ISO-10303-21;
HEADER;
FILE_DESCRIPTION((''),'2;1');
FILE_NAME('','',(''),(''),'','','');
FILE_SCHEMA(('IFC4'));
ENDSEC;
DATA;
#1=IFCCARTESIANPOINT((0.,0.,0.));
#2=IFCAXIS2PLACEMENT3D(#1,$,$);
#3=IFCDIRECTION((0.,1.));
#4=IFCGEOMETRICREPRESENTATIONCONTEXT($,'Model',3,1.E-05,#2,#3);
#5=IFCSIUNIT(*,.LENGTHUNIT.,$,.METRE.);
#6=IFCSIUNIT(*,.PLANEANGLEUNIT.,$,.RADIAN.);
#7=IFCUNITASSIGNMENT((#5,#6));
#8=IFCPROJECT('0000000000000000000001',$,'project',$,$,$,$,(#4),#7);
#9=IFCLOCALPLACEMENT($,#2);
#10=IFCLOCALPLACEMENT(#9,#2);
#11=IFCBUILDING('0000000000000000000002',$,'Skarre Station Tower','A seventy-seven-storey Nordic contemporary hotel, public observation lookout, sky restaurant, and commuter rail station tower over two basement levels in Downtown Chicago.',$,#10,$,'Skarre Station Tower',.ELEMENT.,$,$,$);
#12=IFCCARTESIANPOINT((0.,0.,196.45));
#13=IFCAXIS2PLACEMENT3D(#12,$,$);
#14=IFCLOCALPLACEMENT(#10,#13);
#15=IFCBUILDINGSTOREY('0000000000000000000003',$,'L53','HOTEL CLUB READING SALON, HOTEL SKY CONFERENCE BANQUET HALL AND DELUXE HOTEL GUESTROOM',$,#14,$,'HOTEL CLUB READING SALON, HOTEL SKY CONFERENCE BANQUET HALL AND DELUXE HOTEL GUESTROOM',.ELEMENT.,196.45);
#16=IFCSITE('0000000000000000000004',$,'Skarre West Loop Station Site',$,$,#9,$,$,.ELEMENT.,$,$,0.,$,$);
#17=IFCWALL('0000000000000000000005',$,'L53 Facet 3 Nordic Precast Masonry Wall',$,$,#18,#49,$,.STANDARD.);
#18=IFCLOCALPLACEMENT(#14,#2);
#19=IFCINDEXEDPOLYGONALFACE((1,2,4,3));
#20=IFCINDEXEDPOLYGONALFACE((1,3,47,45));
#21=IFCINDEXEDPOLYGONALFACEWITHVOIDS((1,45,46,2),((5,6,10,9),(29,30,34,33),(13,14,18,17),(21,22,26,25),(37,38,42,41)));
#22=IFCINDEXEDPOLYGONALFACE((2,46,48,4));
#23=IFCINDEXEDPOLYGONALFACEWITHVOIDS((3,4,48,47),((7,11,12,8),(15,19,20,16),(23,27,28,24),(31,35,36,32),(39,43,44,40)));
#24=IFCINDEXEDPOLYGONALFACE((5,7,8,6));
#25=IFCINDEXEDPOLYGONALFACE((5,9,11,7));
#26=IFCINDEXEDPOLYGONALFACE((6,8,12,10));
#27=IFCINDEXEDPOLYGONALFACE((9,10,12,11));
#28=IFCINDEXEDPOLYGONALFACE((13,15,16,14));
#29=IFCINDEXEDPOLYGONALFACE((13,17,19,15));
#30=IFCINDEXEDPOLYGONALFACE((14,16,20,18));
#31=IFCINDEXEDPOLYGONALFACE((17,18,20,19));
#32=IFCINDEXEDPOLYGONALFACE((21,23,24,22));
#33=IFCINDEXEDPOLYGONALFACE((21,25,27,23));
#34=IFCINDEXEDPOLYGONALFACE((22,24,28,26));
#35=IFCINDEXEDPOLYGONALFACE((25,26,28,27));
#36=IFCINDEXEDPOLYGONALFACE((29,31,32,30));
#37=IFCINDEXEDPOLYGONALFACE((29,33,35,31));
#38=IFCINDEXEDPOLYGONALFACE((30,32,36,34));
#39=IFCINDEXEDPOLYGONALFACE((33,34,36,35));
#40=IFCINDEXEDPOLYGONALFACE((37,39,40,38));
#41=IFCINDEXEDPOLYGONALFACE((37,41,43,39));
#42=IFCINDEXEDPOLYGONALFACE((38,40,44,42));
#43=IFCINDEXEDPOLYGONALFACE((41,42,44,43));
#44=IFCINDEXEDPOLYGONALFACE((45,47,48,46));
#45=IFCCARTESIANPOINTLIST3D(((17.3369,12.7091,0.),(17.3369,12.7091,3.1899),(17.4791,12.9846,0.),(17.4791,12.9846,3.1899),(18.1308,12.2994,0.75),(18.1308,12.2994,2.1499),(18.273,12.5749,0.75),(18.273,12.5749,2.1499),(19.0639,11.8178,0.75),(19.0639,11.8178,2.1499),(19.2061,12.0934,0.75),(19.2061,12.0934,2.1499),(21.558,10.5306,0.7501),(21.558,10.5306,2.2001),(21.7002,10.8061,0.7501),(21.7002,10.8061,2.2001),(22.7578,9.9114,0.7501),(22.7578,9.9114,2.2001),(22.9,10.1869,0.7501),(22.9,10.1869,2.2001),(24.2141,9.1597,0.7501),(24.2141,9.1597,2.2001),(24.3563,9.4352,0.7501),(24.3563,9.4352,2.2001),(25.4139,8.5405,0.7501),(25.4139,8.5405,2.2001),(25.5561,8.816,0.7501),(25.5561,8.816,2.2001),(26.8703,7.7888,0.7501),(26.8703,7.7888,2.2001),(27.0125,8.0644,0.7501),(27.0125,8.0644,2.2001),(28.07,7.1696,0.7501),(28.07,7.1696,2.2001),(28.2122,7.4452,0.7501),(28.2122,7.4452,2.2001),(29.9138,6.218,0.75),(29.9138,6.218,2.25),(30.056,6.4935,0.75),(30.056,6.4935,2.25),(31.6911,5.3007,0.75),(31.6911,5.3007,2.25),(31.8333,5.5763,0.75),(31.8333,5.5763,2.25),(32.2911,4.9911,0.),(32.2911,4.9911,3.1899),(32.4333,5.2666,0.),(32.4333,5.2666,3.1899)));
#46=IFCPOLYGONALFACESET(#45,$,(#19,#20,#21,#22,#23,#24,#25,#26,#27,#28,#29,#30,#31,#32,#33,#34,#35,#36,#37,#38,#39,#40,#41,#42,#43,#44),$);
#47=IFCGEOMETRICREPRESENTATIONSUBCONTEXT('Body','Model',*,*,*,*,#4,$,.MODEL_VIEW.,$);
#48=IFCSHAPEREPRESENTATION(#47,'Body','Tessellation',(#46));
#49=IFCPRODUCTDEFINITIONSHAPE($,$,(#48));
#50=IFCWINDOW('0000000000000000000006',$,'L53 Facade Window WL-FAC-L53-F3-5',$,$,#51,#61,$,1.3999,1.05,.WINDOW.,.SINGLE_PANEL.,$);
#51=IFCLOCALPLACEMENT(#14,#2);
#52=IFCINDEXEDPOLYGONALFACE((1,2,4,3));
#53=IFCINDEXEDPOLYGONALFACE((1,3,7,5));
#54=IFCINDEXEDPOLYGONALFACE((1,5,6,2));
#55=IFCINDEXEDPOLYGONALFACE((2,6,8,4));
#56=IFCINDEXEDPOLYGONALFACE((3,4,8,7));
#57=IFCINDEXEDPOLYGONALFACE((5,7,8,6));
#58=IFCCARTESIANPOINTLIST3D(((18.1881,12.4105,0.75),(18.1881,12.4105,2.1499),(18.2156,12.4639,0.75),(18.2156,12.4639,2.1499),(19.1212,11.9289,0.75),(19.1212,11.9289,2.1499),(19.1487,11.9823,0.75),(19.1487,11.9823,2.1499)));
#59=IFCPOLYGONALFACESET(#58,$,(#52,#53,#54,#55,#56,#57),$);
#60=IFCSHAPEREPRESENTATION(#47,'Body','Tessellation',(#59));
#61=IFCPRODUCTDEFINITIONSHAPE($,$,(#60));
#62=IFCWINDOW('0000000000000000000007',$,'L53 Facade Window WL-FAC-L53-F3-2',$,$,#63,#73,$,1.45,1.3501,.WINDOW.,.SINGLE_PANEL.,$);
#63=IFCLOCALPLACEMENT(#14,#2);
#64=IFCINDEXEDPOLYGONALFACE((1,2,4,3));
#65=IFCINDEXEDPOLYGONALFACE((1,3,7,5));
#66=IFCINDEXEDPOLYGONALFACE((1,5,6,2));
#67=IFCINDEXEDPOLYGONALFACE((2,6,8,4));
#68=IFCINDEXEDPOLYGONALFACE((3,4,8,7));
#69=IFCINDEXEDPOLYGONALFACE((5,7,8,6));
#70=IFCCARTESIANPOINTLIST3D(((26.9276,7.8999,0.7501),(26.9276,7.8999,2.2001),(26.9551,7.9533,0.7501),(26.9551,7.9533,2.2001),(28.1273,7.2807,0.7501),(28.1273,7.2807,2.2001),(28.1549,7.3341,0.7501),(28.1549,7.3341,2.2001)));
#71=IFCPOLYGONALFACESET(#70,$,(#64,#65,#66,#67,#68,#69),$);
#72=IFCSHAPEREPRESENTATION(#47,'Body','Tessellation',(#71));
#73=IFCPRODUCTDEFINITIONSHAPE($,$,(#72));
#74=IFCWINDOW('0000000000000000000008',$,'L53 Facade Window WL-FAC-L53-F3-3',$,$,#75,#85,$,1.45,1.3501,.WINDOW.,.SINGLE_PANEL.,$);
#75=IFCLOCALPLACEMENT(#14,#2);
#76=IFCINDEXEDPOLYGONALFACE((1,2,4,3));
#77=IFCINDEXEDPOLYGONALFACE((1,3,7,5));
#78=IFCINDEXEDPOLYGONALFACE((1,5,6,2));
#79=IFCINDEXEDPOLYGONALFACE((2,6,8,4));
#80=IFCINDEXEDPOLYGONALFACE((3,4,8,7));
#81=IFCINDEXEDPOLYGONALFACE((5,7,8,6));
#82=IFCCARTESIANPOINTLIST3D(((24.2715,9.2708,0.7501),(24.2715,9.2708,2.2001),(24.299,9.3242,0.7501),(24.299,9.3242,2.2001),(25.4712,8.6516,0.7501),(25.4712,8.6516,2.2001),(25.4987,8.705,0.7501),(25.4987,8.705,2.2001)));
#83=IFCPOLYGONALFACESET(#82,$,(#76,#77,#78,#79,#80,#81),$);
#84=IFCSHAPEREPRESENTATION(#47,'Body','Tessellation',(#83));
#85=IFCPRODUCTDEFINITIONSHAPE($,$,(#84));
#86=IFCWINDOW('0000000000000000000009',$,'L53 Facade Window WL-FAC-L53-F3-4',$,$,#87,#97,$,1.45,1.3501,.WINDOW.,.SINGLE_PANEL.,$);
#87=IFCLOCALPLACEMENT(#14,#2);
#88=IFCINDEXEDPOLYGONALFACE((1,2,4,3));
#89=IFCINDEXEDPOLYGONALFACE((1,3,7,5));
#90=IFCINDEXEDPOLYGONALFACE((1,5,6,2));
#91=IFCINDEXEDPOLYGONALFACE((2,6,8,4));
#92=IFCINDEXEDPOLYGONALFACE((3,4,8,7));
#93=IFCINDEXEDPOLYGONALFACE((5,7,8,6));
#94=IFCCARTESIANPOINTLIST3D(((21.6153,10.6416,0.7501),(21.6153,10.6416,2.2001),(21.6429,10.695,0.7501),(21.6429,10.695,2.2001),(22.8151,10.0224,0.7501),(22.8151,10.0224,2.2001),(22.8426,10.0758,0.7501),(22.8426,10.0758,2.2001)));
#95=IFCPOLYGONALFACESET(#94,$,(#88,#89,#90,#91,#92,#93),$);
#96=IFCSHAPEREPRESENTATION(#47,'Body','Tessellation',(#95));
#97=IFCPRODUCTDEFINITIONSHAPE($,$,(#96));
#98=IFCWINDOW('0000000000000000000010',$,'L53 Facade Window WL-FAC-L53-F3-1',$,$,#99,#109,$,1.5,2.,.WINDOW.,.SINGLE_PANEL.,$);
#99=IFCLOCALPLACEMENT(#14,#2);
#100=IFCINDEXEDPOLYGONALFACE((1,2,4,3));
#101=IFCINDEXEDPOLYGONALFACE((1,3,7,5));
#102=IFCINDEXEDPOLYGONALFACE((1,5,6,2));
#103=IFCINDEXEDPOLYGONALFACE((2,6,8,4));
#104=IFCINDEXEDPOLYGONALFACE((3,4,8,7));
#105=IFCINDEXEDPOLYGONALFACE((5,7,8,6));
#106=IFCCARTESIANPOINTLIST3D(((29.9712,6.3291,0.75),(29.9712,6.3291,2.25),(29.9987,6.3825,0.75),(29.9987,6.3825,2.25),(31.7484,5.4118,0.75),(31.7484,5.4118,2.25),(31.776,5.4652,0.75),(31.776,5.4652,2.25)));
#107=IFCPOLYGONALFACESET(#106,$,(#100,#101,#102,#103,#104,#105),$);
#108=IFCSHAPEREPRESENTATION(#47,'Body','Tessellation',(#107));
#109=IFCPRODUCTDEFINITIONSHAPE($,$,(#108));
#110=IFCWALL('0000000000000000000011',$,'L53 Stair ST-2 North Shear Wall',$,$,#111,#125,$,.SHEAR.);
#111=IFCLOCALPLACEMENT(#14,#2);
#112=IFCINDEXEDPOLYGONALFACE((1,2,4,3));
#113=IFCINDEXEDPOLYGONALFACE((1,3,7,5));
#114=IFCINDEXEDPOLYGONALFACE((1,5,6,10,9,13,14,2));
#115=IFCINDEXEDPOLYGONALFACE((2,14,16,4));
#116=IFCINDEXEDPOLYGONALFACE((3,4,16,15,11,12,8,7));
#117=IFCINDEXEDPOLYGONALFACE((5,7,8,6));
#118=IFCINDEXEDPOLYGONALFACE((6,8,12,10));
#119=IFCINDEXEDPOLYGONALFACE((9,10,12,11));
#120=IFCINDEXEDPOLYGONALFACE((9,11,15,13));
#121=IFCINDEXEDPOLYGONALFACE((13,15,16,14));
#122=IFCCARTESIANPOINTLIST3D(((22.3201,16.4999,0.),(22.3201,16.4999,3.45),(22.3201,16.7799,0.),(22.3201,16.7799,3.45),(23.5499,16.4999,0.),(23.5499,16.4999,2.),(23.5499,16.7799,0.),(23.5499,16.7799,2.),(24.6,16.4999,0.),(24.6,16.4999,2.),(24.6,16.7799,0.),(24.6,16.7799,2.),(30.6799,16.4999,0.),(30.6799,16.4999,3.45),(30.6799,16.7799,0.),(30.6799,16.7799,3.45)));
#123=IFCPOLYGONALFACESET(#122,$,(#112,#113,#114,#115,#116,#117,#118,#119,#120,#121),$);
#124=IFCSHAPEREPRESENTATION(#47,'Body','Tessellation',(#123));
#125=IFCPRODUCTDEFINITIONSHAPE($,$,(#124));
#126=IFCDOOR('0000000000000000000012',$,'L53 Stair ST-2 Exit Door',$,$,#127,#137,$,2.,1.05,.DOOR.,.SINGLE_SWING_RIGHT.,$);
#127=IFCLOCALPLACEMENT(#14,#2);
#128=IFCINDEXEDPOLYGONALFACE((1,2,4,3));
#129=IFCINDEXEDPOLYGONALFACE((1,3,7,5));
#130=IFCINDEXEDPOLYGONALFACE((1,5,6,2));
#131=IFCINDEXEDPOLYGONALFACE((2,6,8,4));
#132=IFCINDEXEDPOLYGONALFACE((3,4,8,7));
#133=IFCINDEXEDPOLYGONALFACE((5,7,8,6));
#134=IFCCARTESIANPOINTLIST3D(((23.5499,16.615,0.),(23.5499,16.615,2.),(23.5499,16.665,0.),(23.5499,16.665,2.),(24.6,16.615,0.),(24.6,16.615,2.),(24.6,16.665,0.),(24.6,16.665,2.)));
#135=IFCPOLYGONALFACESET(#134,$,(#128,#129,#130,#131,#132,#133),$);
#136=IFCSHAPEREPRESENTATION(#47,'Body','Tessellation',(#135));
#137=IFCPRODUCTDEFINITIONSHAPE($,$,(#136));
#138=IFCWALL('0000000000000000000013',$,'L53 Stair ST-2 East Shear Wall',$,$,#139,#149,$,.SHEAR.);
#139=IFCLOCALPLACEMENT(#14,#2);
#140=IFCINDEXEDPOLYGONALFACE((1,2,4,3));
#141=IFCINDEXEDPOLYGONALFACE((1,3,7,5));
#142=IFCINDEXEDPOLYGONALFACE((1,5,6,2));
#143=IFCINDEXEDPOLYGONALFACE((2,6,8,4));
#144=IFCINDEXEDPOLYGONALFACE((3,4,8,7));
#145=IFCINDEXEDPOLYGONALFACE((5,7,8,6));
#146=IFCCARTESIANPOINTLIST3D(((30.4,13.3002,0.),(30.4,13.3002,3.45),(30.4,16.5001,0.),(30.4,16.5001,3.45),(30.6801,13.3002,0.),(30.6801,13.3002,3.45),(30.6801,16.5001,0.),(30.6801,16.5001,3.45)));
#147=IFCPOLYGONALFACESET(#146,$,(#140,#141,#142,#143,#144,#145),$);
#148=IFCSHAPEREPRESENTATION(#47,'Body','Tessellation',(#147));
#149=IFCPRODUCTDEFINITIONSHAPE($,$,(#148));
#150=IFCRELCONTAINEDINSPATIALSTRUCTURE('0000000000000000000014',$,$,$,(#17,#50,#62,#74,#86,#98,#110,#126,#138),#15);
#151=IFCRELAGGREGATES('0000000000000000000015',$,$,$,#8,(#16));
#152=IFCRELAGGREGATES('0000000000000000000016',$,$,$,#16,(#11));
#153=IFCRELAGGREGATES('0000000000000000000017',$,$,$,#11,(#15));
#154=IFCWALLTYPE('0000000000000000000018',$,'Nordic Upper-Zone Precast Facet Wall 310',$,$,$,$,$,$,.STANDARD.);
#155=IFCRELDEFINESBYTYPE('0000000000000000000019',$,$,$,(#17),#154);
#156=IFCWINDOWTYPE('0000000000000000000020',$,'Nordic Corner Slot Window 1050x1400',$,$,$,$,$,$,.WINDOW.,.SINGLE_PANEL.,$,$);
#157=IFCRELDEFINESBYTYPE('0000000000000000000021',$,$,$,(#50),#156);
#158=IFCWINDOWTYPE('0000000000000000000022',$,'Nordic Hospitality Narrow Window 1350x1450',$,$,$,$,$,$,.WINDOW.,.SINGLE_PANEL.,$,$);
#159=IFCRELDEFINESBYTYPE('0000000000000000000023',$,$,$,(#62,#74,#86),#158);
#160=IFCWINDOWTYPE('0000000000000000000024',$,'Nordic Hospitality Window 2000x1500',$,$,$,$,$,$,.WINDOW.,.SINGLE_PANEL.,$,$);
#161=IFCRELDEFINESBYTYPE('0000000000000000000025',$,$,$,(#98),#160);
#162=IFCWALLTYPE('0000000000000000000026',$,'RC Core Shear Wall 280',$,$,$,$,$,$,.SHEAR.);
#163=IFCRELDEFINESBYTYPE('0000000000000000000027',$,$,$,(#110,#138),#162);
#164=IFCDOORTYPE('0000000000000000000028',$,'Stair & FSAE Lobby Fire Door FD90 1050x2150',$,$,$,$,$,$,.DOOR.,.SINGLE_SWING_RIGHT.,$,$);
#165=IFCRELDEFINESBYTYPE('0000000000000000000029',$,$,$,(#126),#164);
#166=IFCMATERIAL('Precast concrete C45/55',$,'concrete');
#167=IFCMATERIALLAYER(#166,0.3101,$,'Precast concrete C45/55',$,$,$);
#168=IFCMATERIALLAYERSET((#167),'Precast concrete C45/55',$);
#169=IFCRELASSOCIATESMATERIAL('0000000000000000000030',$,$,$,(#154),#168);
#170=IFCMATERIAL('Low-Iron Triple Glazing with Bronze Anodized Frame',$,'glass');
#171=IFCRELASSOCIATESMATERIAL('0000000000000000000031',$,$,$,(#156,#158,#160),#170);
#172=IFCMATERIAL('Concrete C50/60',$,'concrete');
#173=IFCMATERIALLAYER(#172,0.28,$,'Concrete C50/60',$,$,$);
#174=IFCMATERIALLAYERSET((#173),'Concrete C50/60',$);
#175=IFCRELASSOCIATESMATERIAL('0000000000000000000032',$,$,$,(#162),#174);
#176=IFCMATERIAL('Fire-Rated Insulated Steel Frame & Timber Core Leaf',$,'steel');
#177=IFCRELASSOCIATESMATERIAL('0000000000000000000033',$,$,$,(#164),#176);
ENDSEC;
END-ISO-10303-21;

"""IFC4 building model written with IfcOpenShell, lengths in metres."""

from ifc_helpers import new_model, si_unit, direction, frame, frame_2d, origin, place, context, subcontext, project, spatial, rectangle, extrude, material, layer, layer_set, type_object, element, fill, save


model = new_model("IFC4")

# Units and contexts
model_context = context("Model", 3, precision=1e-05, world=origin(), true_north=direction((0.0, 1.0)))
body_context = subcontext(model_context, "Body", "Model", "MODEL_VIEW")
ifc_project = project(units=[si_unit("LENGTHUNIT", "METRE"), si_unit("PLANEANGLEUNIT", "RADIAN")], contexts=[model_context])

# Site, building, storey
site_placement = place(None, origin())
site = spatial("IfcSite", under=ifc_project, at=site_placement, Name="Skarre West Loop Station Site", CompositionType="ELEMENT", RefElevation=0.0)
building_placement = place(site_placement, origin())
building = spatial("IfcBuilding", under=site, at=building_placement, Name="Skarre Station Tower", Description="A seventy-seven-storey Nordic contemporary hotel, public observation lookout, sky restaurant, and commuter rail station tower over two basement levels in Downtown Chicago.", LongName="Skarre Station Tower", CompositionType="ELEMENT")
storey_placement = place(building_placement, frame((0.0, 0.0, 196.45)))
storey = spatial("IfcBuildingStorey", under=building, at=storey_placement, Name="L53", Description="HOTEL CLUB READING SALON, HOTEL SKY CONFERENCE BANQUET HALL AND DELUXE HOTEL GUESTROOM", LongName="HOTEL CLUB READING SALON, HOTEL SKY CONFERENCE BANQUET HALL AND DELUXE HOTEL GUESTROOM", CompositionType="ELEMENT", Elevation=196.45)

# Shared definitions
ifc_material_1 = material(Name="Precast concrete C45/55", Category="concrete")

# Wall, openings, windows
ifc_layer_1 = layer(ifc_material_1, 0.3101, Name="Precast concrete C45/55")
ifc_layer_set_1 = layer_set([ifc_layer_1], Name="Precast concrete C45/55")
wall_type_1 = type_object("IfcWallType", Name="Nordic Upper-Zone Precast Facet Wall 310", PredefinedType="STANDARD", material=ifc_layer_set_1)
wall_1_placement = place(storey_placement, frame((32.3621, 5.1289, 0.0), z_axis=(0.0, 0.0, 1.0), x_axis=(-0.888626, 0.458632, 0.0)))
wall_1 = element("IfcWall", 1, at=wall_1_placement, inside=storey, type_object=wall_type_1, Name="L53 Facet 3 Nordic Precast Masonry Wall", PredefinedType="STANDARD", context=body_context, shape_type="SweptSolid", body=[
    extrude(rectangle(XDim=16.8284, YDim=0.3101, at=frame_2d((8.4141, 0.0))), origin(), (0.0, 0.0, 1.0), 3.1899),
])
opening_1_placement = place(wall_1_placement, frame((0.675, 0.0, 0.75)))
opening_1 = element("IfcOpeningElement", 2, at=opening_1_placement, cuts=wall_1, PredefinedType="OPENING", context=body_context, shape_type="SweptSolid", body=[
    extrude(rectangle(XDim=2.0, YDim=1.5, at=frame_2d((1.0, 0.75))), frame((0.0, 0.165, 0.0), z_axis=(0.0, -1.0, 0.0), x_axis=(1.0, 0.0, 0.0)), (0.0, 0.0, 1.0), 0.3301),
])
opening_2_placement = place(wall_1_placement, frame((4.75, 0.0, 0.75)))
opening_2 = element("IfcOpeningElement", 3, at=opening_2_placement, cuts=wall_1, PredefinedType="OPENING", context=body_context, shape_type="SweptSolid", body=[
    extrude(rectangle(XDim=1.3501, YDim=1.45, at=frame_2d((0.675, 0.7251))), frame((0.0, 0.165, 0.0), z_axis=(0.0, -1.0, 0.0), x_axis=(1.0, 0.0, 0.0)), (0.0, 0.0, 1.0), 0.3301),
])
opening_3_placement = place(wall_1_placement, frame((7.739, 0.0, 0.75)))
opening_3 = element("IfcOpeningElement", 4, at=opening_3_placement, cuts=wall_1, PredefinedType="OPENING", context=body_context, shape_type="SweptSolid", body=[
    extrude(rectangle(XDim=1.3501, YDim=1.45, at=frame_2d((0.675, 0.7251))), frame((0.0, 0.165, 0.0), z_axis=(0.0, -1.0, 0.0), x_axis=(1.0, 0.0, 0.0)), (0.0, 0.0, 1.0), 0.3301),
])
opening_4_placement = place(wall_1_placement, frame((10.728, 0.0, 0.75)))
opening_4 = element("IfcOpeningElement", 5, at=opening_4_placement, cuts=wall_1, PredefinedType="OPENING", context=body_context, shape_type="SweptSolid", body=[
    extrude(rectangle(XDim=1.3501, YDim=1.45, at=frame_2d((0.675, 0.7251))), frame((0.0, 0.165, 0.0), z_axis=(0.0, -1.0, 0.0), x_axis=(1.0, 0.0, 0.0)), (0.0, 0.0, 1.0), 0.3301),
])
opening_5_placement = place(wall_1_placement, frame((14.885, 0.0, 0.75)))
opening_5 = element("IfcOpeningElement", 6, at=opening_5_placement, cuts=wall_1, PredefinedType="OPENING", context=body_context, shape_type="SweptSolid", body=[
    extrude(rectangle(XDim=1.05, YDim=1.3999, at=frame_2d((0.5249, 0.7))), frame((0.0, 0.165, 0.0), z_axis=(0.0, -1.0, 0.0), x_axis=(1.0, 0.0, 0.0)), (0.0, 0.0, 1.0), 0.3301),
])
ifc_material_2 = material(Name="Low-Iron Triple Glazing with Bronze Anodized Frame", Category="glass")
window_type_1 = type_object("IfcWindowType", Name="Nordic Corner Slot Window 1050x1400", PartitioningType="SINGLE_PANEL", PredefinedType="WINDOW", material=ifc_material_2)
window_1_placement = place(opening_5_placement, origin())
window_1 = element("IfcWindow", 7, at=window_1_placement, inside=storey, type_object=window_type_1, Name="L53 Facade Window WL-FAC-L53-F3-5", OverallHeight=1.3999, OverallWidth=1.05, PartitioningType="SINGLE_PANEL", PredefinedType="WINDOW", context=body_context, shape_type="SweptSolid", body=[
    extrude(rectangle(XDim=1.05, YDim=1.3999, at=frame_2d((0.5249, 0.7))), frame((0.0, 0.03, 0.0), z_axis=(0.0, -1.0, 0.0), x_axis=(1.0, 0.0, 0.0)), (0.0, 0.0, 1.0), 0.0601),
])
fill(opening_5, window_1)
window_type_2 = type_object("IfcWindowType", Name="Nordic Hospitality Narrow Window 1350x1450", PartitioningType="SINGLE_PANEL", PredefinedType="WINDOW", material=ifc_material_2)
window_2_placement = place(opening_2_placement, origin())
window_2 = element("IfcWindow", 8, at=window_2_placement, inside=storey, type_object=window_type_2, Name="L53 Facade Window WL-FAC-L53-F3-2", OverallHeight=1.45, OverallWidth=1.3501, PartitioningType="SINGLE_PANEL", PredefinedType="WINDOW", context=body_context, shape_type="SweptSolid", body=[
    extrude(rectangle(XDim=1.3501, YDim=1.45, at=frame_2d((0.675, 0.7251))), frame((0.0, 0.03, 0.0), z_axis=(0.0, -1.0, 0.0), x_axis=(1.0, 0.0, 0.0)), (0.0, 0.0, 1.0), 0.0601),
])
fill(opening_2, window_2)
window_3_placement = place(opening_3_placement, origin())
window_3 = element("IfcWindow", 9, at=window_3_placement, inside=storey, type_object=window_type_2, Name="L53 Facade Window WL-FAC-L53-F3-3", OverallHeight=1.45, OverallWidth=1.3501, PartitioningType="SINGLE_PANEL", PredefinedType="WINDOW", context=body_context, shape_type="SweptSolid", body=[
    extrude(rectangle(XDim=1.3501, YDim=1.45, at=frame_2d((0.675, 0.7251))), frame((0.0, 0.03, 0.0), z_axis=(0.0, -1.0, 0.0), x_axis=(1.0, 0.0, 0.0)), (0.0, 0.0, 1.0), 0.0601),
])
fill(opening_3, window_3)
window_4_placement = place(opening_4_placement, origin())
window_4 = element("IfcWindow", 10, at=window_4_placement, inside=storey, type_object=window_type_2, Name="L53 Facade Window WL-FAC-L53-F3-4", OverallHeight=1.45, OverallWidth=1.3501, PartitioningType="SINGLE_PANEL", PredefinedType="WINDOW", context=body_context, shape_type="SweptSolid", body=[
    extrude(rectangle(XDim=1.3501, YDim=1.45, at=frame_2d((0.675, 0.7251))), frame((0.0, 0.03, 0.0), z_axis=(0.0, -1.0, 0.0), x_axis=(1.0, 0.0, 0.0)), (0.0, 0.0, 1.0), 0.0601),
])
fill(opening_4, window_4)
window_type_3 = type_object("IfcWindowType", Name="Nordic Hospitality Window 2000x1500", PartitioningType="SINGLE_PANEL", PredefinedType="WINDOW", material=ifc_material_2)
window_5_placement = place(opening_1_placement, origin())
window_5 = element("IfcWindow", 11, at=window_5_placement, inside=storey, type_object=window_type_3, Name="L53 Facade Window WL-FAC-L53-F3-1", OverallHeight=1.5, OverallWidth=2.0, PartitioningType="SINGLE_PANEL", PredefinedType="WINDOW", context=body_context, shape_type="SweptSolid", body=[
    extrude(rectangle(XDim=2.0, YDim=1.5, at=frame_2d((1.0, 0.75))), frame((0.0, 0.03, 0.0), z_axis=(0.0, -1.0, 0.0), x_axis=(1.0, 0.0, 0.0)), (0.0, 0.0, 1.0), 0.0601),
])
fill(opening_1, window_5)

# Wall, opening, door
ifc_material_3 = material(Name="Concrete C50/60", Category="concrete")
ifc_layer_2 = layer(ifc_material_3, 0.28, Name="Concrete C50/60")
ifc_layer_set_2 = layer_set([ifc_layer_2], Name="Concrete C50/60")
wall_type_2 = type_object("IfcWallType", Name="RC Core Shear Wall 280", PredefinedType="SHEAR", material=ifc_layer_set_2)
wall_2_placement = place(storey_placement, frame((30.6799, 16.6399, 0.0), z_axis=(0.0, 0.0, 1.0), x_axis=(-1.0, 0.0, 0.0)))
wall_2 = element("IfcWall", 12, at=wall_2_placement, inside=storey, type_object=wall_type_2, Name="L53 Stair ST-2 North Shear Wall", PredefinedType="SHEAR", context=body_context, shape_type="SweptSolid", body=[
    extrude(rectangle(XDim=8.3599, YDim=0.28, at=frame_2d((4.1799, 0.0))), origin(), (0.0, 0.0, 1.0), 3.45),
])
opening_6_placement = place(wall_2_placement, frame((6.0801, 0.0, 0.0)))
opening_6 = element("IfcOpeningElement", 13, at=opening_6_placement, cuts=wall_2, PredefinedType="OPENING", context=body_context, shape_type="SweptSolid", body=[
    extrude(rectangle(XDim=1.05, YDim=2.0, at=frame_2d((0.5249, 1.0))), frame((0.0, 0.1499, 0.0), z_axis=(0.0, -1.0, 0.0), x_axis=(1.0, 0.0, 0.0)), (0.0, 0.0, 1.0), 0.3),
])
ifc_material_4 = material(Name="Fire-Rated Insulated Steel Frame & Timber Core Leaf", Category="steel")
door_type_1 = type_object("IfcDoorType", Name="Stair & FSAE Lobby Fire Door FD90 1050x2150", OperationType="SINGLE_SWING_RIGHT", PredefinedType="DOOR", material=ifc_material_4)
door_1_placement = place(opening_6_placement, origin())
door_1 = element("IfcDoor", 14, at=door_1_placement, inside=storey, type_object=door_type_1, Name="L53 Stair ST-2 Exit Door", OperationType="SINGLE_SWING_RIGHT", OverallHeight=2.0, OverallWidth=1.05, PredefinedType="DOOR", context=body_context, shape_type="SweptSolid", body=[
    extrude(rectangle(XDim=1.05, YDim=2.0, at=frame_2d((0.5249, 1.0))), frame((0.0, 0.0249, 0.0), z_axis=(0.0, -1.0, 0.0), x_axis=(1.0, 0.0, 0.0)), (0.0, 0.0, 1.0), 0.05),
])
fill(opening_6, door_1)

# Wall
wall_3_placement = place(storey_placement, frame((30.54, 13.3, 0.0), z_axis=(0.0, 0.0, 1.0), x_axis=(0.0, 1.0, 0.0)))
element("IfcWall", 15, at=wall_3_placement, inside=storey, type_object=wall_type_2, Name="L53 Stair ST-2 East Shear Wall", PredefinedType="SHEAR", context=body_context, shape_type="SweptSolid", body=[
    extrude(rectangle(XDim=3.2, YDim=0.28, at=frame_2d((1.6001, 0.0))), origin(), (0.0, 0.0, 1.0), 3.45),
])

save(model, "model.ifc")
